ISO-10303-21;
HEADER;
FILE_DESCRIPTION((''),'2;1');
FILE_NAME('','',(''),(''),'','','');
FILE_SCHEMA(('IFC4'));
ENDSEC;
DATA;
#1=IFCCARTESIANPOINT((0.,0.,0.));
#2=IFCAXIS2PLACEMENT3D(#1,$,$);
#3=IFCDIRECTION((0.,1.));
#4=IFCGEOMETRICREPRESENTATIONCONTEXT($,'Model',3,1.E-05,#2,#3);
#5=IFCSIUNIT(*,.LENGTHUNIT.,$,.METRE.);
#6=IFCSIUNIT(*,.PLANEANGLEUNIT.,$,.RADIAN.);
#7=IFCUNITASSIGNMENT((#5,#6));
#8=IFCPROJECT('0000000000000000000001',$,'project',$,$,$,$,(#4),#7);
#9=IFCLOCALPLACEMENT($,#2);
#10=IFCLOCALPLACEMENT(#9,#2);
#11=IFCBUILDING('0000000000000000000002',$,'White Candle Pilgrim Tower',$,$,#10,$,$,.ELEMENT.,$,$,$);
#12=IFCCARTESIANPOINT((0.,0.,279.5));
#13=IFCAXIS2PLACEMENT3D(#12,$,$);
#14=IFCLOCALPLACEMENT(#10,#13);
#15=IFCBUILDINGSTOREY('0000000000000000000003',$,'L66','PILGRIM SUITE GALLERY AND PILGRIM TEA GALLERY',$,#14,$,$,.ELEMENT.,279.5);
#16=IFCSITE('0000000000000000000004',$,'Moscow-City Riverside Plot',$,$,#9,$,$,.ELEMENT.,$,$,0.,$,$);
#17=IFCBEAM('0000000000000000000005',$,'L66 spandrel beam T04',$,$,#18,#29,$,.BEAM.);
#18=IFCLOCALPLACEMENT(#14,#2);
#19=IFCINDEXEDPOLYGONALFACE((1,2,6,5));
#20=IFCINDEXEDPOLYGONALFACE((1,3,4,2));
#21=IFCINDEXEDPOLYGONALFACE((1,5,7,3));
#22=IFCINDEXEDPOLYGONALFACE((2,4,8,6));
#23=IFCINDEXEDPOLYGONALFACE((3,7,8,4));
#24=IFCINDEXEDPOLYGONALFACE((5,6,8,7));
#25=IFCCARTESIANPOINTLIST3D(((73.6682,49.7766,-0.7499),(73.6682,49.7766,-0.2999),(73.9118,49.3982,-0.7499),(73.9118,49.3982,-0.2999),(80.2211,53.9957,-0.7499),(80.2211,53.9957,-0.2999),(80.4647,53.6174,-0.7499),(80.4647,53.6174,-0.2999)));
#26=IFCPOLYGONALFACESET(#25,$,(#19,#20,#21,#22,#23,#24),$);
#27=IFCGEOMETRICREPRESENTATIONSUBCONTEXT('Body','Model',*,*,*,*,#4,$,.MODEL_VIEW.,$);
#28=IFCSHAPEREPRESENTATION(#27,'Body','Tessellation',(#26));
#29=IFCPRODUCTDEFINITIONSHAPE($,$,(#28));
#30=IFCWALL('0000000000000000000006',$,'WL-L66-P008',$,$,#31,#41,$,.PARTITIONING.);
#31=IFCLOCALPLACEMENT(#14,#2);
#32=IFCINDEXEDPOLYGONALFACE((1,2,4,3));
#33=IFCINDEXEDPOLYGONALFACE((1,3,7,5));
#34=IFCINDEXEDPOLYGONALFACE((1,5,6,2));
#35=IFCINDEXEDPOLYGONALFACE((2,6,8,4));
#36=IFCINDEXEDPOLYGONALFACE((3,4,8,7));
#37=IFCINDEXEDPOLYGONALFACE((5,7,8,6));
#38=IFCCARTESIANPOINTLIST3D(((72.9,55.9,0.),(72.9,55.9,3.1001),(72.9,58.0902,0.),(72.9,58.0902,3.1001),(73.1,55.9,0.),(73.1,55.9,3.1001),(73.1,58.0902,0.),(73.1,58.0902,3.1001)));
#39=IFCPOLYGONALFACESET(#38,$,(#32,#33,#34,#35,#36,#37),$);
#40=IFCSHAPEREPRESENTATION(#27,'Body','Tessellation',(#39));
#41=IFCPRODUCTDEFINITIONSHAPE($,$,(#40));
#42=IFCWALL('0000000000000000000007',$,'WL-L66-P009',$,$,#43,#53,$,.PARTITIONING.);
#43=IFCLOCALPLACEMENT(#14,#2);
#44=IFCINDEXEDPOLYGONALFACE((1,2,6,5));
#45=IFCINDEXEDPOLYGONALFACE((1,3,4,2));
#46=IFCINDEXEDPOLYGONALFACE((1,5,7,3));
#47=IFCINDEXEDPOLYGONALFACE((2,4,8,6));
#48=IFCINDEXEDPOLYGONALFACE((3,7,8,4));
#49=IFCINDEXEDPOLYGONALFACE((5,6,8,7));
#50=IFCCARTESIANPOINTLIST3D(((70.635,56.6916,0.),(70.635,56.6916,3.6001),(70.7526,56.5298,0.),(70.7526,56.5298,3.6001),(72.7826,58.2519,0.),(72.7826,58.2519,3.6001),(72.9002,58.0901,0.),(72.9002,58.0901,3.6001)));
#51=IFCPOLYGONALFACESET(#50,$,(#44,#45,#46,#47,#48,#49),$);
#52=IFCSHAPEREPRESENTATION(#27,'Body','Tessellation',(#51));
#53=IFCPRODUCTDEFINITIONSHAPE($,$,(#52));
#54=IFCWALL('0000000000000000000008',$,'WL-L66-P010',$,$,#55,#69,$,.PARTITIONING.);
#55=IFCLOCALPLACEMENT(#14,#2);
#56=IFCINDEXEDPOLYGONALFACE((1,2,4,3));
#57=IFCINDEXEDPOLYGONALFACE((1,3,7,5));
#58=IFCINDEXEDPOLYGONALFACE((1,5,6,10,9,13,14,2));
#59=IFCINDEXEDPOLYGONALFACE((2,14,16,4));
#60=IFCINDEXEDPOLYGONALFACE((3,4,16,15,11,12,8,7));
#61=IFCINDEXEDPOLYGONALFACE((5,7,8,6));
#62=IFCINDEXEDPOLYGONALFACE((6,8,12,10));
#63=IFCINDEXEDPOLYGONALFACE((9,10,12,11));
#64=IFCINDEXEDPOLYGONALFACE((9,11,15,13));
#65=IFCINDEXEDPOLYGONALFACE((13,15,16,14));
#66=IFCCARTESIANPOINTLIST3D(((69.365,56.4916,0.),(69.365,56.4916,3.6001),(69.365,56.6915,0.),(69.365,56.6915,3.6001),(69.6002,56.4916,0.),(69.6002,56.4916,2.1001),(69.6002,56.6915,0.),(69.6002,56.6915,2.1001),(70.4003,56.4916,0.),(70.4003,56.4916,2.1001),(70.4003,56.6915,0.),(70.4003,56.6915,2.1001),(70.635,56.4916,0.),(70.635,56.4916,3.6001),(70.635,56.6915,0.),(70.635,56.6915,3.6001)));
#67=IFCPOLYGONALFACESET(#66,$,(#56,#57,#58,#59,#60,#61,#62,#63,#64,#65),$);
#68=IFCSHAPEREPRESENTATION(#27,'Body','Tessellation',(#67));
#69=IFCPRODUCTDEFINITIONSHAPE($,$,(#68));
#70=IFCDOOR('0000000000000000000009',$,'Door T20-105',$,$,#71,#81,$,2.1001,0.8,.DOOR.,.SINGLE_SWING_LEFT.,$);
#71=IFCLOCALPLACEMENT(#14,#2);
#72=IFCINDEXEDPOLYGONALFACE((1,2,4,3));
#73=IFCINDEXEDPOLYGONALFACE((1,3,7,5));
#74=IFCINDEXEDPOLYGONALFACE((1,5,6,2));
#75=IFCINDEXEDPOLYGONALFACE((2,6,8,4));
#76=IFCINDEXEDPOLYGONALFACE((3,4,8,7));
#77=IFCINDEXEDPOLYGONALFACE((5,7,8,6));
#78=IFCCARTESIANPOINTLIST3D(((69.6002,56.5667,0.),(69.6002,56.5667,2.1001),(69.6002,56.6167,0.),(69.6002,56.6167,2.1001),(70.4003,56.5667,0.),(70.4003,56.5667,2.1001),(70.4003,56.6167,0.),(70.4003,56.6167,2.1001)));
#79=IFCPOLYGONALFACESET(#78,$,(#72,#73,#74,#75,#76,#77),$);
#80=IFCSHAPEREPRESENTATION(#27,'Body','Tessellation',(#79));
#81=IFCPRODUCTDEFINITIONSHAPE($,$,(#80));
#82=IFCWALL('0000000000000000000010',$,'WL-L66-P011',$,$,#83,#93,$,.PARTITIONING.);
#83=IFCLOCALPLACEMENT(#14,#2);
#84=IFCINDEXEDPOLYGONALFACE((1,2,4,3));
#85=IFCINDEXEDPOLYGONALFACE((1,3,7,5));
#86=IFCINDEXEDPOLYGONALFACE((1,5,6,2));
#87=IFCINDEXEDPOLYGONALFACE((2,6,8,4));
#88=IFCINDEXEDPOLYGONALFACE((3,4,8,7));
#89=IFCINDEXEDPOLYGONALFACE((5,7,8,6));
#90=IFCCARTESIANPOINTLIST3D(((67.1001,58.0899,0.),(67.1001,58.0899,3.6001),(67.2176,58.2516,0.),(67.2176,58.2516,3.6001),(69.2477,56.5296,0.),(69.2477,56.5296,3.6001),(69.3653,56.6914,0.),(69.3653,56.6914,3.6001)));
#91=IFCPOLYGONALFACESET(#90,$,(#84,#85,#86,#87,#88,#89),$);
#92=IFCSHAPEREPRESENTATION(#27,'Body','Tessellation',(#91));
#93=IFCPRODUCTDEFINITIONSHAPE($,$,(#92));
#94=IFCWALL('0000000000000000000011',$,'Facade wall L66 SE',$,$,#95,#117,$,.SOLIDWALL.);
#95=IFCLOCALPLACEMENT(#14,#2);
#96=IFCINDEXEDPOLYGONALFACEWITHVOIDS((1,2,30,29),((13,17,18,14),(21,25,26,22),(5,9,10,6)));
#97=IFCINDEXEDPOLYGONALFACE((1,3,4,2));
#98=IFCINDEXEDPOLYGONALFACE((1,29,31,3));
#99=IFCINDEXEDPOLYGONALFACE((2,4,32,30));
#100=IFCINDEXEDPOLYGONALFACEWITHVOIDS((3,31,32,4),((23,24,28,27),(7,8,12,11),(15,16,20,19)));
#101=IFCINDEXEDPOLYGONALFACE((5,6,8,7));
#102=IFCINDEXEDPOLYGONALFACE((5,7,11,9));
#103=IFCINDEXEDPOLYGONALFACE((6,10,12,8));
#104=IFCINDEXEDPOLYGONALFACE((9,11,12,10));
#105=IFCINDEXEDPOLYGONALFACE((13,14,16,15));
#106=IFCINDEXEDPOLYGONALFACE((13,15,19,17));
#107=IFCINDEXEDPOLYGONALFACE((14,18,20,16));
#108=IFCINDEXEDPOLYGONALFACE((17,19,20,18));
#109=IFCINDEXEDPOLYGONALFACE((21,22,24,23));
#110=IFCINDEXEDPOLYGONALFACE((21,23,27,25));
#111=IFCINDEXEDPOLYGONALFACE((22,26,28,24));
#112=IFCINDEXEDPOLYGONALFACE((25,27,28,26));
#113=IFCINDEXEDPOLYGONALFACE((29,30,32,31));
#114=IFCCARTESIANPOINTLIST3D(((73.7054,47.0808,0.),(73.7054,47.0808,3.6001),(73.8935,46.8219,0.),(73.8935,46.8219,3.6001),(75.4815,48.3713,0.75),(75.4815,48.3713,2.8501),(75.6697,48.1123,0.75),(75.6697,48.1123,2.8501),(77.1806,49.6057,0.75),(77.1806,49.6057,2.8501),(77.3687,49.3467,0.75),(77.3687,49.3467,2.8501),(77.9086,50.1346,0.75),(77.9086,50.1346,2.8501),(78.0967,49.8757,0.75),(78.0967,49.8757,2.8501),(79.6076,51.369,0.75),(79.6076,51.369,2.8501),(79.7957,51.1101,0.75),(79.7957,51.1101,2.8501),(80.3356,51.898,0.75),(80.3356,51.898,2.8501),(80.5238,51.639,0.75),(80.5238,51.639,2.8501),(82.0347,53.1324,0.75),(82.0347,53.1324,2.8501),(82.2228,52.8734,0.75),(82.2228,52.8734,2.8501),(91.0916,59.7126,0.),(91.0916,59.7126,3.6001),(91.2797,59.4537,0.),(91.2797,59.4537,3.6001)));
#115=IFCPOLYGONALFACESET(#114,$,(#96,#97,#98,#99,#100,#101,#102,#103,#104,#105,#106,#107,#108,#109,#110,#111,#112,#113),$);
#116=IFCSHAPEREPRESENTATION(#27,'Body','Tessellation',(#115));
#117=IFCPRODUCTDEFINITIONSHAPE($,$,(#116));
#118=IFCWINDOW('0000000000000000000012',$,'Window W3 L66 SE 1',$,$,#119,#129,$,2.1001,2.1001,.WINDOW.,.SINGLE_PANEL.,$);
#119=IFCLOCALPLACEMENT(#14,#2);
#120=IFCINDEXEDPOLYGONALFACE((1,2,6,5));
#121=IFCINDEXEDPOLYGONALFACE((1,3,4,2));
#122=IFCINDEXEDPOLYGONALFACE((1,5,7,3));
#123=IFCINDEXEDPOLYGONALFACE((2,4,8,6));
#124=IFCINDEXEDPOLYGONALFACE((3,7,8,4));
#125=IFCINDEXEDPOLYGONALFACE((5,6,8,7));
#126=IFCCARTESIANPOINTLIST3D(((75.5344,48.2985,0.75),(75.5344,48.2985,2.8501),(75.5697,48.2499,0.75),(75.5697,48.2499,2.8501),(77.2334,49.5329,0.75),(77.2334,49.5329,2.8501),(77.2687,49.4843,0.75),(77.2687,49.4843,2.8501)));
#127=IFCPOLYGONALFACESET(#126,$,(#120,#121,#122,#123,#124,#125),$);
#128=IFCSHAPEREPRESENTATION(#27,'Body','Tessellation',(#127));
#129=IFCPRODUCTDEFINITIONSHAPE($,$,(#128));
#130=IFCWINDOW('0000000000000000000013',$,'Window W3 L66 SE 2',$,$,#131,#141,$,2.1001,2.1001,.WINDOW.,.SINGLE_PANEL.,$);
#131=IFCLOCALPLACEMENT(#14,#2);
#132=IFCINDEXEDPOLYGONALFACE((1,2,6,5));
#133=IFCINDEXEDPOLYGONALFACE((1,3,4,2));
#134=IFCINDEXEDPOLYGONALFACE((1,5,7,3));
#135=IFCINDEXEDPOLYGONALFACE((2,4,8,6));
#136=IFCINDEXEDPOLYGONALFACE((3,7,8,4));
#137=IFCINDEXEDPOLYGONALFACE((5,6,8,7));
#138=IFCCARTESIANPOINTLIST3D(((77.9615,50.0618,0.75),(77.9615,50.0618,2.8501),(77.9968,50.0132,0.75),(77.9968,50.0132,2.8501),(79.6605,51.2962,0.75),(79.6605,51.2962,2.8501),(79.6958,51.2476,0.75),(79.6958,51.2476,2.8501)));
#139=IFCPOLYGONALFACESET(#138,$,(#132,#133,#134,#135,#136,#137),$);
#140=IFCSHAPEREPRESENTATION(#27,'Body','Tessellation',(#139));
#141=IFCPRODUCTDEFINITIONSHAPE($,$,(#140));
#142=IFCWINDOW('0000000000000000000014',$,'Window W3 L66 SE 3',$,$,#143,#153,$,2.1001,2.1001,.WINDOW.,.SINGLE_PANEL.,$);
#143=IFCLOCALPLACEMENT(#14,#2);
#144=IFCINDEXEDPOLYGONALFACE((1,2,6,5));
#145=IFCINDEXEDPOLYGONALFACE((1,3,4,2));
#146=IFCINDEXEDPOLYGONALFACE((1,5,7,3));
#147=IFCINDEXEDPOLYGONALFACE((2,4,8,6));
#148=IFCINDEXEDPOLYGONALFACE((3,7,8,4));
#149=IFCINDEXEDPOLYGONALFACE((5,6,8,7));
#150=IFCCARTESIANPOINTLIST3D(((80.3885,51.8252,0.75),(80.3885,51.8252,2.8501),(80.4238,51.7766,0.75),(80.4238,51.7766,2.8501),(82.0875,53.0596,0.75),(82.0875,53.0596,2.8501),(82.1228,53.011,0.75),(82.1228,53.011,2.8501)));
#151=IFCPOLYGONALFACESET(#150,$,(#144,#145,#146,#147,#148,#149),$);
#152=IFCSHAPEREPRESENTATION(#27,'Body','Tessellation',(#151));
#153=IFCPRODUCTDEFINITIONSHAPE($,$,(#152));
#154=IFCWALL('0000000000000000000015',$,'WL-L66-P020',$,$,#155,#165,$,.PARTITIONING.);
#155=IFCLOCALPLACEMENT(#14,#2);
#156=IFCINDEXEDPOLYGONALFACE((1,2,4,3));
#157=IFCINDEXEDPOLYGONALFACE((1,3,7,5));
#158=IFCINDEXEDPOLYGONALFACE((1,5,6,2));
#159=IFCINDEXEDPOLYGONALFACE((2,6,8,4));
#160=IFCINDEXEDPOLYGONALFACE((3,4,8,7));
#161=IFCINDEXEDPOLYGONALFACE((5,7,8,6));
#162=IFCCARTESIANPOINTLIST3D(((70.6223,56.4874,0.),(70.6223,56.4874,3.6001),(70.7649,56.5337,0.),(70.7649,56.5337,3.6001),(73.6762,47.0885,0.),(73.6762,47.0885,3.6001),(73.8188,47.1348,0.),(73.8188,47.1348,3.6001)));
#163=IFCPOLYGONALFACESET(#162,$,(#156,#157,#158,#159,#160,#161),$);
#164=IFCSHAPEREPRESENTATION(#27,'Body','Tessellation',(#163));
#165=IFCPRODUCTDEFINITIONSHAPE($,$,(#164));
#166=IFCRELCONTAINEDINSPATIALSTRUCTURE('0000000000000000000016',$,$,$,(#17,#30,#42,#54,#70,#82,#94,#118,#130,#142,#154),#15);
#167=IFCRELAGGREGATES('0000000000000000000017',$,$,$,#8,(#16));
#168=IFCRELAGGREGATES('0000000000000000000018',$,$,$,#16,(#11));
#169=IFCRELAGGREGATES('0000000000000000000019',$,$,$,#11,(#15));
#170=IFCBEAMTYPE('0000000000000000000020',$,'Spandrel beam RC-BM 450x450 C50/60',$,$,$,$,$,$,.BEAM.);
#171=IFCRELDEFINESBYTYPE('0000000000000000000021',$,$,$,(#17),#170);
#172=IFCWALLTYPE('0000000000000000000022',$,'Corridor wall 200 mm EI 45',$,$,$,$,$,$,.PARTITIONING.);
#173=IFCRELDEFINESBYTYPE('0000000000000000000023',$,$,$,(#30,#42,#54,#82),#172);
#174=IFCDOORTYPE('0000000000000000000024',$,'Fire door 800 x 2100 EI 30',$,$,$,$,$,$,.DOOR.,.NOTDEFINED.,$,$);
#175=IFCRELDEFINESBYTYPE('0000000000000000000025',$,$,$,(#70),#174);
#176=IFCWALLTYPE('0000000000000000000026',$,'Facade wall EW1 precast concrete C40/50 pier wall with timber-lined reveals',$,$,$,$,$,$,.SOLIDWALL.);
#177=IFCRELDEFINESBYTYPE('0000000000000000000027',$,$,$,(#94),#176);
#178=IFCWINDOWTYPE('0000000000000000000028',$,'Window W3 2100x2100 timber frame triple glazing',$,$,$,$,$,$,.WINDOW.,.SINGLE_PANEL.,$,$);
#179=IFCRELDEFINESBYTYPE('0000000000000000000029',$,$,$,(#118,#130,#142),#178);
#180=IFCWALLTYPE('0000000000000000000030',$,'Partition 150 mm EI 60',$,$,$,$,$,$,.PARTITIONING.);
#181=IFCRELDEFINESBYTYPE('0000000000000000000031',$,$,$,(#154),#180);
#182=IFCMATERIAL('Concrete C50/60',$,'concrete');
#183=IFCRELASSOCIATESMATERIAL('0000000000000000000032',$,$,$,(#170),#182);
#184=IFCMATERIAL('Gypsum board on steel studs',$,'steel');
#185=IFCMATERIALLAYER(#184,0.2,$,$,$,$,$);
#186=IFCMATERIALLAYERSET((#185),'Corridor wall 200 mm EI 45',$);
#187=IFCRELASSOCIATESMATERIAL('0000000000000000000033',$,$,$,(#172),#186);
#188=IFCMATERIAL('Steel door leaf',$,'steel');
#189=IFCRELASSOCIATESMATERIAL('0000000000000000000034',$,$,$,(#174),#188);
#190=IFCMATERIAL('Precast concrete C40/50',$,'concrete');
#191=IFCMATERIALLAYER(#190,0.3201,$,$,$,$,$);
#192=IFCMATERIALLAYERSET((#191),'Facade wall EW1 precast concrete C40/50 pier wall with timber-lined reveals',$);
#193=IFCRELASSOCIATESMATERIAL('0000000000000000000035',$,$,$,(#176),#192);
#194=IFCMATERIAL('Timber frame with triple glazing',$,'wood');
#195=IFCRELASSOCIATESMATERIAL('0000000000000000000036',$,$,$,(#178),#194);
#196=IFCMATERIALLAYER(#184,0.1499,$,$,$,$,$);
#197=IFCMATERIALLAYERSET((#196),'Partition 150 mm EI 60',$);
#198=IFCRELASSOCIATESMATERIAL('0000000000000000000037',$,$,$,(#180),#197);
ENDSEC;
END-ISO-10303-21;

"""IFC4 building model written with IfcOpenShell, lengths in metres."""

from ifc_helpers import new_model, si_unit, direction, frame, frame_2d, origin, origin_2d, place, context, subcontext, project, spatial, rectangle, extrude, material, layer, layer_set, material_profile, profile_set, type_object, element, fill, save


model = new_model("IFC4")

# Units and contexts
model_context = context("Model", 3, precision=1e-05, world=origin(), true_north=direction((0.0, 1.0)))
body_context = subcontext(model_context, "Body", "Model", "MODEL_VIEW")
ifc_project = project(units=[si_unit("LENGTHUNIT", "METRE"), si_unit("PLANEANGLEUNIT", "RADIAN")], contexts=[model_context])

# Site, building, storey
site_placement = place(None, origin())
site = spatial("IfcSite", under=ifc_project, at=site_placement, Name="Moscow-City Riverside Plot", CompositionType="ELEMENT", RefElevation=0.0)
building_placement = place(site_placement, origin())
building = spatial("IfcBuilding", under=site, at=building_placement, Name="White Candle Pilgrim Tower", CompositionType="ELEMENT")
storey_placement = place(building_placement, frame((0.0, 0.0, 279.5)))
storey = spatial("IfcBuildingStorey", under=building, at=storey_placement, Name="L66", Description="PILGRIM SUITE GALLERY AND PILGRIM TEA GALLERY", CompositionType="ELEMENT", Elevation=279.5)

# Beam
ifc_material_1 = material(Name="Concrete C50/60", Category="concrete")
ifc_material_profile_1 = material_profile(ifc_material_1, rectangle(XDim=0.45, YDim=0.45, at=origin_2d()), Name="RC-BM 450x450")
ifc_profile_set_1 = profile_set([ifc_material_profile_1], Name="Concrete C50/60")
beam_type_1 = type_object("IfcBeamType", Name="Spandrel beam RC-BM 450x450 C50/60", PredefinedType="BEAM", material=ifc_profile_set_1)
beam_1_placement = place(storey_placement, frame((73.79, 49.5874, -0.5249), z_axis=(0.840793, 0.541357, 0.0), x_axis=(-0.541357, 0.840793, 0.0)))
element("IfcBeam", 1, at=beam_1_placement, inside=storey, type_object=beam_type_1, Name="L66 spandrel beam T04", PredefinedType="BEAM", context=body_context, shape_type="SweptSolid", body=[
    extrude(rectangle(XDim=0.45, YDim=0.45, at=origin_2d()), origin(), (0.0, 0.0, 1.0), 7.7937),
])

# Walls
ifc_material_2 = material(Name="Gypsum board on steel studs", Category="steel")
ifc_layer_1 = layer(ifc_material_2, 0.2)
ifc_layer_set_1 = layer_set([ifc_layer_1], Name="Corridor wall 200 mm EI 45")
wall_type_1 = type_object("IfcWallType", Name="Corridor wall 200 mm EI 45", PredefinedType="PARTITIONING", material=ifc_layer_set_1)
wall_1_placement = place(storey_placement, frame((73.0, 55.8999, 0.0), z_axis=(0.0, 0.0, 1.0), x_axis=(0.0, 1.0, 0.0)))
element("IfcWall", 2, at=wall_1_placement, inside=storey, type_object=wall_type_1, Name="WL-L66-P008", PredefinedType="PARTITIONING", context=body_context, shape_type="SweptSolid", body=[
    extrude(rectangle(XDim=2.1902, YDim=0.2, at=frame_2d((1.0952, 0.0))), origin(), (0.0, 0.0, 1.0), 3.1001),
])
wall_2_placement = place(storey_placement, frame((72.8413, 58.1709, 0.0), z_axis=(0.0, 0.0, 1.0), x_axis=(-0.809034, -0.587761, 0.0)))
element("IfcWall", 3, at=wall_2_placement, inside=storey, type_object=wall_type_1, Name="WL-L66-P009", PredefinedType="PARTITIONING", context=body_context, shape_type="SweptSolid", body=[
    extrude(rectangle(XDim=2.6545, YDim=0.2, at=frame_2d((1.3271, 0.0))), origin(), (0.0, 0.0, 1.0), 3.6001),
])

# Wall, opening, door
wall_3_placement = place(storey_placement, frame((70.635, 56.5916, 0.0), z_axis=(0.0, 0.0, 1.0), x_axis=(-1.0, 0.0, 0.0)))
wall_3 = element("IfcWall", 4, at=wall_3_placement, inside=storey, type_object=wall_type_1, Name="WL-L66-P010", PredefinedType="PARTITIONING", context=body_context, shape_type="SweptSolid", body=[
    extrude(rectangle(XDim=1.27, YDim=0.2, at=frame_2d((0.635, 0.0))), origin(), (0.0, 0.0, 1.0), 3.6001),
])
opening_1_placement = place(wall_3_placement, frame((0.2349, 0.0, 0.0)))
opening_1 = element("IfcOpeningElement", 5, at=opening_1_placement, cuts=wall_3, PredefinedType="OPENING", context=body_context, shape_type="SweptSolid", body=[
    extrude(rectangle(XDim=0.8, YDim=2.1001, at=frame_2d((0.3999, 1.05))), frame((0.0, 0.1099, 0.0), z_axis=(0.0, -1.0, 0.0), x_axis=(1.0, 0.0, 0.0)), (0.0, 0.0, 1.0), 0.22),
])
ifc_material_3 = material(Name="Steel door leaf", Category="steel")
door_type_1 = type_object("IfcDoorType", Name="Fire door 800 x 2100 EI 30", OperationType="NOTDEFINED", PredefinedType="DOOR", material=ifc_material_3)
door_1_placement = place(opening_1_placement, origin())
door_1 = element("IfcDoor", 6, at=door_1_placement, inside=storey, type_object=door_type_1, Name="Door T20-105", OperationType="SINGLE_SWING_LEFT", OverallHeight=2.1001, OverallWidth=0.8, PredefinedType="DOOR", context=body_context, shape_type="SweptSolid", body=[
    extrude(rectangle(XDim=0.8, YDim=2.1001, at=frame_2d((0.3999, 1.05))), frame((0.0, 0.0249, 0.0), z_axis=(0.0, -1.0, 0.0), x_axis=(1.0, 0.0, 0.0)), (0.0, 0.0, 1.0), 0.05),
])
fill(opening_1, door_1)

# Wall
wall_4_placement = place(storey_placement, frame((69.3064, 56.6106, 0.0), z_axis=(0.0, 0.0, 1.0), x_axis=(-0.809034, 0.587761, 0.0)))
element("IfcWall", 7, at=wall_4_placement, inside=storey, type_object=wall_type_1, Name="WL-L66-P011", PredefinedType="PARTITIONING", context=body_context, shape_type="SweptSolid", body=[
    extrude(rectangle(XDim=2.6545, YDim=0.2, at=frame_2d((1.3271, 0.0))), origin(), (0.0, 0.0, 1.0), 3.6001),
])

# Wall, openings, windows
ifc_material_4 = material(Name="Precast concrete C40/50", Category="concrete")
ifc_layer_2 = layer(ifc_material_4, 0.3201)
ifc_layer_set_2 = layer_set([ifc_layer_2], Name="Facade wall EW1 precast concrete C40/50 pier wall with timber-lined reveals")
wall_type_2 = type_object("IfcWallType", Name="Facade wall EW1 precast concrete C40/50 pier wall with timber-lined reveals", PredefinedType="SOLIDWALL", material=ifc_layer_set_2)
wall_5_placement = place(storey_placement, frame((73.7996, 46.9514, 0.0), z_axis=(0.0, 0.0, 1.0), x_axis=(0.809017, 0.587785, 0.0)))
wall_5 = element("IfcWall", 8, at=wall_5_placement, inside=storey, type_object=wall_type_2, Name="Facade wall L66 SE", PredefinedType="SOLIDWALL", context=body_context, shape_type="SweptSolid", body=[
    extrude(rectangle(XDim=21.4905, YDim=0.3201, at=frame_2d((10.7451, 0.0))), origin(), (0.0, 0.0, 1.0), 3.6001),
])
opening_2_placement = place(wall_5_placement, frame((2.1953, 0.0, 0.75)))
opening_2 = element("IfcOpeningElement", 9, at=opening_2_placement, cuts=wall_5, PredefinedType="OPENING", context=body_context, shape_type="SweptSolid", body=[
    extrude(rectangle(XDim=2.1001, YDim=2.1001, at=frame_2d((1.05, 1.05))), frame((0.0, 0.1699, 0.0), z_axis=(0.0, -1.0, 0.0), x_axis=(1.0, 0.0, 0.0)), (0.0, 0.0, 1.0), 0.3401),
])
opening_3_placement = place(wall_5_placement, frame((5.1953, 0.0, 0.75)))
opening_3 = element("IfcOpeningElement", 10, at=opening_3_placement, cuts=wall_5, PredefinedType="OPENING", context=body_context, shape_type="SweptSolid", body=[
    extrude(rectangle(XDim=2.1001, YDim=2.1001, at=frame_2d((1.05, 1.05))), frame((0.0, 0.1699, 0.0), z_axis=(0.0, -1.0, 0.0), x_axis=(1.0, 0.0, 0.0)), (0.0, 0.0, 1.0), 0.3401),
])
opening_4_placement = place(wall_5_placement, frame((8.1953, 0.0, 0.75)))
opening_4 = element("IfcOpeningElement", 11, at=opening_4_placement, cuts=wall_5, PredefinedType="OPENING", context=body_context, shape_type="SweptSolid", body=[
    extrude(rectangle(XDim=2.1001, YDim=2.1001, at=frame_2d((1.05, 1.05))), frame((0.0, 0.1699, 0.0), z_axis=(0.0, -1.0, 0.0), x_axis=(1.0, 0.0, 0.0)), (0.0, 0.0, 1.0), 0.3401),
])
ifc_material_5 = material(Name="Timber frame with triple glazing", Category="wood")
window_type = type_object("IfcWindowType", Name="Window W3 2100x2100 timber frame triple glazing", PartitioningType="SINGLE_PANEL", PredefinedType="WINDOW", material=ifc_material_5)
window_1_placement = place(opening_2_placement, origin())
window_1 = element("IfcWindow", 12, at=window_1_placement, inside=storey, type_object=window_type, Name="Window W3 L66 SE 1", OverallHeight=2.1001, OverallWidth=2.1001, PartitioningType="SINGLE_PANEL", PredefinedType="WINDOW", context=body_context, shape_type="SweptSolid", body=[
    extrude(rectangle(XDim=2.1001, YDim=2.1001, at=frame_2d((1.05, 1.05))), frame((0.0, 0.0701, 0.0), z_axis=(0.0, -1.0, 0.0), x_axis=(1.0, 0.0, 0.0)), (0.0, 0.0, 1.0), 0.0601),
])
fill(opening_2, window_1)
window_2_placement = place(opening_3_placement, origin())
window_2 = element("IfcWindow", 13, at=window_2_placement, inside=storey, type_object=window_type, Name="Window W3 L66 SE 2", OverallHeight=2.1001, OverallWidth=2.1001, PartitioningType="SINGLE_PANEL", PredefinedType="WINDOW", context=body_context, shape_type="SweptSolid", body=[
    extrude(rectangle(XDim=2.1001, YDim=2.1001, at=frame_2d((1.05, 1.05))), frame((0.0, 0.0701, 0.0), z_axis=(0.0, -1.0, 0.0), x_axis=(1.0, 0.0, 0.0)), (0.0, 0.0, 1.0), 0.0601),
])
fill(opening_3, window_2)
window_3_placement = place(opening_4_placement, origin())
window_3 = element("IfcWindow", 14, at=window_3_placement, inside=storey, type_object=window_type, Name="Window W3 L66 SE 3", OverallHeight=2.1001, OverallWidth=2.1001, PartitioningType="SINGLE_PANEL", PredefinedType="WINDOW", context=body_context, shape_type="SweptSolid", body=[
    extrude(rectangle(XDim=2.1001, YDim=2.1001, at=frame_2d((1.05, 1.05))), frame((0.0, 0.0701, 0.0), z_axis=(0.0, -1.0, 0.0), x_axis=(1.0, 0.0, 0.0)), (0.0, 0.0, 1.0), 0.0601),
])
fill(opening_4, window_3)

# Wall
ifc_layer_3 = layer(ifc_material_2, 0.1499)
ifc_layer_set_3 = layer_set([ifc_layer_3], Name="Partition 150 mm EI 60")
wall_type_3 = type_object("IfcWallType", Name="Partition 150 mm EI 60", PredefinedType="PARTITIONING", material=ifc_layer_set_3)
wall_6_placement = place(storey_placement, frame((73.7476, 47.1116, 0.0), z_axis=(0.0, 0.0, 1.0), x_axis=(-0.309022, 0.951055, 0.0)))
element("IfcWall", 15, at=wall_6_placement, inside=storey, type_object=wall_type_3, Name="WL-L66-P020", PredefinedType="PARTITIONING", context=body_context, shape_type="SweptSolid", body=[
    extrude(rectangle(XDim=9.8826, YDim=0.1499, at=frame_2d((4.9414, 0.0))), origin(), (0.0, 0.0, 1.0), 3.6001),
])

save(model, "model.ifc")
